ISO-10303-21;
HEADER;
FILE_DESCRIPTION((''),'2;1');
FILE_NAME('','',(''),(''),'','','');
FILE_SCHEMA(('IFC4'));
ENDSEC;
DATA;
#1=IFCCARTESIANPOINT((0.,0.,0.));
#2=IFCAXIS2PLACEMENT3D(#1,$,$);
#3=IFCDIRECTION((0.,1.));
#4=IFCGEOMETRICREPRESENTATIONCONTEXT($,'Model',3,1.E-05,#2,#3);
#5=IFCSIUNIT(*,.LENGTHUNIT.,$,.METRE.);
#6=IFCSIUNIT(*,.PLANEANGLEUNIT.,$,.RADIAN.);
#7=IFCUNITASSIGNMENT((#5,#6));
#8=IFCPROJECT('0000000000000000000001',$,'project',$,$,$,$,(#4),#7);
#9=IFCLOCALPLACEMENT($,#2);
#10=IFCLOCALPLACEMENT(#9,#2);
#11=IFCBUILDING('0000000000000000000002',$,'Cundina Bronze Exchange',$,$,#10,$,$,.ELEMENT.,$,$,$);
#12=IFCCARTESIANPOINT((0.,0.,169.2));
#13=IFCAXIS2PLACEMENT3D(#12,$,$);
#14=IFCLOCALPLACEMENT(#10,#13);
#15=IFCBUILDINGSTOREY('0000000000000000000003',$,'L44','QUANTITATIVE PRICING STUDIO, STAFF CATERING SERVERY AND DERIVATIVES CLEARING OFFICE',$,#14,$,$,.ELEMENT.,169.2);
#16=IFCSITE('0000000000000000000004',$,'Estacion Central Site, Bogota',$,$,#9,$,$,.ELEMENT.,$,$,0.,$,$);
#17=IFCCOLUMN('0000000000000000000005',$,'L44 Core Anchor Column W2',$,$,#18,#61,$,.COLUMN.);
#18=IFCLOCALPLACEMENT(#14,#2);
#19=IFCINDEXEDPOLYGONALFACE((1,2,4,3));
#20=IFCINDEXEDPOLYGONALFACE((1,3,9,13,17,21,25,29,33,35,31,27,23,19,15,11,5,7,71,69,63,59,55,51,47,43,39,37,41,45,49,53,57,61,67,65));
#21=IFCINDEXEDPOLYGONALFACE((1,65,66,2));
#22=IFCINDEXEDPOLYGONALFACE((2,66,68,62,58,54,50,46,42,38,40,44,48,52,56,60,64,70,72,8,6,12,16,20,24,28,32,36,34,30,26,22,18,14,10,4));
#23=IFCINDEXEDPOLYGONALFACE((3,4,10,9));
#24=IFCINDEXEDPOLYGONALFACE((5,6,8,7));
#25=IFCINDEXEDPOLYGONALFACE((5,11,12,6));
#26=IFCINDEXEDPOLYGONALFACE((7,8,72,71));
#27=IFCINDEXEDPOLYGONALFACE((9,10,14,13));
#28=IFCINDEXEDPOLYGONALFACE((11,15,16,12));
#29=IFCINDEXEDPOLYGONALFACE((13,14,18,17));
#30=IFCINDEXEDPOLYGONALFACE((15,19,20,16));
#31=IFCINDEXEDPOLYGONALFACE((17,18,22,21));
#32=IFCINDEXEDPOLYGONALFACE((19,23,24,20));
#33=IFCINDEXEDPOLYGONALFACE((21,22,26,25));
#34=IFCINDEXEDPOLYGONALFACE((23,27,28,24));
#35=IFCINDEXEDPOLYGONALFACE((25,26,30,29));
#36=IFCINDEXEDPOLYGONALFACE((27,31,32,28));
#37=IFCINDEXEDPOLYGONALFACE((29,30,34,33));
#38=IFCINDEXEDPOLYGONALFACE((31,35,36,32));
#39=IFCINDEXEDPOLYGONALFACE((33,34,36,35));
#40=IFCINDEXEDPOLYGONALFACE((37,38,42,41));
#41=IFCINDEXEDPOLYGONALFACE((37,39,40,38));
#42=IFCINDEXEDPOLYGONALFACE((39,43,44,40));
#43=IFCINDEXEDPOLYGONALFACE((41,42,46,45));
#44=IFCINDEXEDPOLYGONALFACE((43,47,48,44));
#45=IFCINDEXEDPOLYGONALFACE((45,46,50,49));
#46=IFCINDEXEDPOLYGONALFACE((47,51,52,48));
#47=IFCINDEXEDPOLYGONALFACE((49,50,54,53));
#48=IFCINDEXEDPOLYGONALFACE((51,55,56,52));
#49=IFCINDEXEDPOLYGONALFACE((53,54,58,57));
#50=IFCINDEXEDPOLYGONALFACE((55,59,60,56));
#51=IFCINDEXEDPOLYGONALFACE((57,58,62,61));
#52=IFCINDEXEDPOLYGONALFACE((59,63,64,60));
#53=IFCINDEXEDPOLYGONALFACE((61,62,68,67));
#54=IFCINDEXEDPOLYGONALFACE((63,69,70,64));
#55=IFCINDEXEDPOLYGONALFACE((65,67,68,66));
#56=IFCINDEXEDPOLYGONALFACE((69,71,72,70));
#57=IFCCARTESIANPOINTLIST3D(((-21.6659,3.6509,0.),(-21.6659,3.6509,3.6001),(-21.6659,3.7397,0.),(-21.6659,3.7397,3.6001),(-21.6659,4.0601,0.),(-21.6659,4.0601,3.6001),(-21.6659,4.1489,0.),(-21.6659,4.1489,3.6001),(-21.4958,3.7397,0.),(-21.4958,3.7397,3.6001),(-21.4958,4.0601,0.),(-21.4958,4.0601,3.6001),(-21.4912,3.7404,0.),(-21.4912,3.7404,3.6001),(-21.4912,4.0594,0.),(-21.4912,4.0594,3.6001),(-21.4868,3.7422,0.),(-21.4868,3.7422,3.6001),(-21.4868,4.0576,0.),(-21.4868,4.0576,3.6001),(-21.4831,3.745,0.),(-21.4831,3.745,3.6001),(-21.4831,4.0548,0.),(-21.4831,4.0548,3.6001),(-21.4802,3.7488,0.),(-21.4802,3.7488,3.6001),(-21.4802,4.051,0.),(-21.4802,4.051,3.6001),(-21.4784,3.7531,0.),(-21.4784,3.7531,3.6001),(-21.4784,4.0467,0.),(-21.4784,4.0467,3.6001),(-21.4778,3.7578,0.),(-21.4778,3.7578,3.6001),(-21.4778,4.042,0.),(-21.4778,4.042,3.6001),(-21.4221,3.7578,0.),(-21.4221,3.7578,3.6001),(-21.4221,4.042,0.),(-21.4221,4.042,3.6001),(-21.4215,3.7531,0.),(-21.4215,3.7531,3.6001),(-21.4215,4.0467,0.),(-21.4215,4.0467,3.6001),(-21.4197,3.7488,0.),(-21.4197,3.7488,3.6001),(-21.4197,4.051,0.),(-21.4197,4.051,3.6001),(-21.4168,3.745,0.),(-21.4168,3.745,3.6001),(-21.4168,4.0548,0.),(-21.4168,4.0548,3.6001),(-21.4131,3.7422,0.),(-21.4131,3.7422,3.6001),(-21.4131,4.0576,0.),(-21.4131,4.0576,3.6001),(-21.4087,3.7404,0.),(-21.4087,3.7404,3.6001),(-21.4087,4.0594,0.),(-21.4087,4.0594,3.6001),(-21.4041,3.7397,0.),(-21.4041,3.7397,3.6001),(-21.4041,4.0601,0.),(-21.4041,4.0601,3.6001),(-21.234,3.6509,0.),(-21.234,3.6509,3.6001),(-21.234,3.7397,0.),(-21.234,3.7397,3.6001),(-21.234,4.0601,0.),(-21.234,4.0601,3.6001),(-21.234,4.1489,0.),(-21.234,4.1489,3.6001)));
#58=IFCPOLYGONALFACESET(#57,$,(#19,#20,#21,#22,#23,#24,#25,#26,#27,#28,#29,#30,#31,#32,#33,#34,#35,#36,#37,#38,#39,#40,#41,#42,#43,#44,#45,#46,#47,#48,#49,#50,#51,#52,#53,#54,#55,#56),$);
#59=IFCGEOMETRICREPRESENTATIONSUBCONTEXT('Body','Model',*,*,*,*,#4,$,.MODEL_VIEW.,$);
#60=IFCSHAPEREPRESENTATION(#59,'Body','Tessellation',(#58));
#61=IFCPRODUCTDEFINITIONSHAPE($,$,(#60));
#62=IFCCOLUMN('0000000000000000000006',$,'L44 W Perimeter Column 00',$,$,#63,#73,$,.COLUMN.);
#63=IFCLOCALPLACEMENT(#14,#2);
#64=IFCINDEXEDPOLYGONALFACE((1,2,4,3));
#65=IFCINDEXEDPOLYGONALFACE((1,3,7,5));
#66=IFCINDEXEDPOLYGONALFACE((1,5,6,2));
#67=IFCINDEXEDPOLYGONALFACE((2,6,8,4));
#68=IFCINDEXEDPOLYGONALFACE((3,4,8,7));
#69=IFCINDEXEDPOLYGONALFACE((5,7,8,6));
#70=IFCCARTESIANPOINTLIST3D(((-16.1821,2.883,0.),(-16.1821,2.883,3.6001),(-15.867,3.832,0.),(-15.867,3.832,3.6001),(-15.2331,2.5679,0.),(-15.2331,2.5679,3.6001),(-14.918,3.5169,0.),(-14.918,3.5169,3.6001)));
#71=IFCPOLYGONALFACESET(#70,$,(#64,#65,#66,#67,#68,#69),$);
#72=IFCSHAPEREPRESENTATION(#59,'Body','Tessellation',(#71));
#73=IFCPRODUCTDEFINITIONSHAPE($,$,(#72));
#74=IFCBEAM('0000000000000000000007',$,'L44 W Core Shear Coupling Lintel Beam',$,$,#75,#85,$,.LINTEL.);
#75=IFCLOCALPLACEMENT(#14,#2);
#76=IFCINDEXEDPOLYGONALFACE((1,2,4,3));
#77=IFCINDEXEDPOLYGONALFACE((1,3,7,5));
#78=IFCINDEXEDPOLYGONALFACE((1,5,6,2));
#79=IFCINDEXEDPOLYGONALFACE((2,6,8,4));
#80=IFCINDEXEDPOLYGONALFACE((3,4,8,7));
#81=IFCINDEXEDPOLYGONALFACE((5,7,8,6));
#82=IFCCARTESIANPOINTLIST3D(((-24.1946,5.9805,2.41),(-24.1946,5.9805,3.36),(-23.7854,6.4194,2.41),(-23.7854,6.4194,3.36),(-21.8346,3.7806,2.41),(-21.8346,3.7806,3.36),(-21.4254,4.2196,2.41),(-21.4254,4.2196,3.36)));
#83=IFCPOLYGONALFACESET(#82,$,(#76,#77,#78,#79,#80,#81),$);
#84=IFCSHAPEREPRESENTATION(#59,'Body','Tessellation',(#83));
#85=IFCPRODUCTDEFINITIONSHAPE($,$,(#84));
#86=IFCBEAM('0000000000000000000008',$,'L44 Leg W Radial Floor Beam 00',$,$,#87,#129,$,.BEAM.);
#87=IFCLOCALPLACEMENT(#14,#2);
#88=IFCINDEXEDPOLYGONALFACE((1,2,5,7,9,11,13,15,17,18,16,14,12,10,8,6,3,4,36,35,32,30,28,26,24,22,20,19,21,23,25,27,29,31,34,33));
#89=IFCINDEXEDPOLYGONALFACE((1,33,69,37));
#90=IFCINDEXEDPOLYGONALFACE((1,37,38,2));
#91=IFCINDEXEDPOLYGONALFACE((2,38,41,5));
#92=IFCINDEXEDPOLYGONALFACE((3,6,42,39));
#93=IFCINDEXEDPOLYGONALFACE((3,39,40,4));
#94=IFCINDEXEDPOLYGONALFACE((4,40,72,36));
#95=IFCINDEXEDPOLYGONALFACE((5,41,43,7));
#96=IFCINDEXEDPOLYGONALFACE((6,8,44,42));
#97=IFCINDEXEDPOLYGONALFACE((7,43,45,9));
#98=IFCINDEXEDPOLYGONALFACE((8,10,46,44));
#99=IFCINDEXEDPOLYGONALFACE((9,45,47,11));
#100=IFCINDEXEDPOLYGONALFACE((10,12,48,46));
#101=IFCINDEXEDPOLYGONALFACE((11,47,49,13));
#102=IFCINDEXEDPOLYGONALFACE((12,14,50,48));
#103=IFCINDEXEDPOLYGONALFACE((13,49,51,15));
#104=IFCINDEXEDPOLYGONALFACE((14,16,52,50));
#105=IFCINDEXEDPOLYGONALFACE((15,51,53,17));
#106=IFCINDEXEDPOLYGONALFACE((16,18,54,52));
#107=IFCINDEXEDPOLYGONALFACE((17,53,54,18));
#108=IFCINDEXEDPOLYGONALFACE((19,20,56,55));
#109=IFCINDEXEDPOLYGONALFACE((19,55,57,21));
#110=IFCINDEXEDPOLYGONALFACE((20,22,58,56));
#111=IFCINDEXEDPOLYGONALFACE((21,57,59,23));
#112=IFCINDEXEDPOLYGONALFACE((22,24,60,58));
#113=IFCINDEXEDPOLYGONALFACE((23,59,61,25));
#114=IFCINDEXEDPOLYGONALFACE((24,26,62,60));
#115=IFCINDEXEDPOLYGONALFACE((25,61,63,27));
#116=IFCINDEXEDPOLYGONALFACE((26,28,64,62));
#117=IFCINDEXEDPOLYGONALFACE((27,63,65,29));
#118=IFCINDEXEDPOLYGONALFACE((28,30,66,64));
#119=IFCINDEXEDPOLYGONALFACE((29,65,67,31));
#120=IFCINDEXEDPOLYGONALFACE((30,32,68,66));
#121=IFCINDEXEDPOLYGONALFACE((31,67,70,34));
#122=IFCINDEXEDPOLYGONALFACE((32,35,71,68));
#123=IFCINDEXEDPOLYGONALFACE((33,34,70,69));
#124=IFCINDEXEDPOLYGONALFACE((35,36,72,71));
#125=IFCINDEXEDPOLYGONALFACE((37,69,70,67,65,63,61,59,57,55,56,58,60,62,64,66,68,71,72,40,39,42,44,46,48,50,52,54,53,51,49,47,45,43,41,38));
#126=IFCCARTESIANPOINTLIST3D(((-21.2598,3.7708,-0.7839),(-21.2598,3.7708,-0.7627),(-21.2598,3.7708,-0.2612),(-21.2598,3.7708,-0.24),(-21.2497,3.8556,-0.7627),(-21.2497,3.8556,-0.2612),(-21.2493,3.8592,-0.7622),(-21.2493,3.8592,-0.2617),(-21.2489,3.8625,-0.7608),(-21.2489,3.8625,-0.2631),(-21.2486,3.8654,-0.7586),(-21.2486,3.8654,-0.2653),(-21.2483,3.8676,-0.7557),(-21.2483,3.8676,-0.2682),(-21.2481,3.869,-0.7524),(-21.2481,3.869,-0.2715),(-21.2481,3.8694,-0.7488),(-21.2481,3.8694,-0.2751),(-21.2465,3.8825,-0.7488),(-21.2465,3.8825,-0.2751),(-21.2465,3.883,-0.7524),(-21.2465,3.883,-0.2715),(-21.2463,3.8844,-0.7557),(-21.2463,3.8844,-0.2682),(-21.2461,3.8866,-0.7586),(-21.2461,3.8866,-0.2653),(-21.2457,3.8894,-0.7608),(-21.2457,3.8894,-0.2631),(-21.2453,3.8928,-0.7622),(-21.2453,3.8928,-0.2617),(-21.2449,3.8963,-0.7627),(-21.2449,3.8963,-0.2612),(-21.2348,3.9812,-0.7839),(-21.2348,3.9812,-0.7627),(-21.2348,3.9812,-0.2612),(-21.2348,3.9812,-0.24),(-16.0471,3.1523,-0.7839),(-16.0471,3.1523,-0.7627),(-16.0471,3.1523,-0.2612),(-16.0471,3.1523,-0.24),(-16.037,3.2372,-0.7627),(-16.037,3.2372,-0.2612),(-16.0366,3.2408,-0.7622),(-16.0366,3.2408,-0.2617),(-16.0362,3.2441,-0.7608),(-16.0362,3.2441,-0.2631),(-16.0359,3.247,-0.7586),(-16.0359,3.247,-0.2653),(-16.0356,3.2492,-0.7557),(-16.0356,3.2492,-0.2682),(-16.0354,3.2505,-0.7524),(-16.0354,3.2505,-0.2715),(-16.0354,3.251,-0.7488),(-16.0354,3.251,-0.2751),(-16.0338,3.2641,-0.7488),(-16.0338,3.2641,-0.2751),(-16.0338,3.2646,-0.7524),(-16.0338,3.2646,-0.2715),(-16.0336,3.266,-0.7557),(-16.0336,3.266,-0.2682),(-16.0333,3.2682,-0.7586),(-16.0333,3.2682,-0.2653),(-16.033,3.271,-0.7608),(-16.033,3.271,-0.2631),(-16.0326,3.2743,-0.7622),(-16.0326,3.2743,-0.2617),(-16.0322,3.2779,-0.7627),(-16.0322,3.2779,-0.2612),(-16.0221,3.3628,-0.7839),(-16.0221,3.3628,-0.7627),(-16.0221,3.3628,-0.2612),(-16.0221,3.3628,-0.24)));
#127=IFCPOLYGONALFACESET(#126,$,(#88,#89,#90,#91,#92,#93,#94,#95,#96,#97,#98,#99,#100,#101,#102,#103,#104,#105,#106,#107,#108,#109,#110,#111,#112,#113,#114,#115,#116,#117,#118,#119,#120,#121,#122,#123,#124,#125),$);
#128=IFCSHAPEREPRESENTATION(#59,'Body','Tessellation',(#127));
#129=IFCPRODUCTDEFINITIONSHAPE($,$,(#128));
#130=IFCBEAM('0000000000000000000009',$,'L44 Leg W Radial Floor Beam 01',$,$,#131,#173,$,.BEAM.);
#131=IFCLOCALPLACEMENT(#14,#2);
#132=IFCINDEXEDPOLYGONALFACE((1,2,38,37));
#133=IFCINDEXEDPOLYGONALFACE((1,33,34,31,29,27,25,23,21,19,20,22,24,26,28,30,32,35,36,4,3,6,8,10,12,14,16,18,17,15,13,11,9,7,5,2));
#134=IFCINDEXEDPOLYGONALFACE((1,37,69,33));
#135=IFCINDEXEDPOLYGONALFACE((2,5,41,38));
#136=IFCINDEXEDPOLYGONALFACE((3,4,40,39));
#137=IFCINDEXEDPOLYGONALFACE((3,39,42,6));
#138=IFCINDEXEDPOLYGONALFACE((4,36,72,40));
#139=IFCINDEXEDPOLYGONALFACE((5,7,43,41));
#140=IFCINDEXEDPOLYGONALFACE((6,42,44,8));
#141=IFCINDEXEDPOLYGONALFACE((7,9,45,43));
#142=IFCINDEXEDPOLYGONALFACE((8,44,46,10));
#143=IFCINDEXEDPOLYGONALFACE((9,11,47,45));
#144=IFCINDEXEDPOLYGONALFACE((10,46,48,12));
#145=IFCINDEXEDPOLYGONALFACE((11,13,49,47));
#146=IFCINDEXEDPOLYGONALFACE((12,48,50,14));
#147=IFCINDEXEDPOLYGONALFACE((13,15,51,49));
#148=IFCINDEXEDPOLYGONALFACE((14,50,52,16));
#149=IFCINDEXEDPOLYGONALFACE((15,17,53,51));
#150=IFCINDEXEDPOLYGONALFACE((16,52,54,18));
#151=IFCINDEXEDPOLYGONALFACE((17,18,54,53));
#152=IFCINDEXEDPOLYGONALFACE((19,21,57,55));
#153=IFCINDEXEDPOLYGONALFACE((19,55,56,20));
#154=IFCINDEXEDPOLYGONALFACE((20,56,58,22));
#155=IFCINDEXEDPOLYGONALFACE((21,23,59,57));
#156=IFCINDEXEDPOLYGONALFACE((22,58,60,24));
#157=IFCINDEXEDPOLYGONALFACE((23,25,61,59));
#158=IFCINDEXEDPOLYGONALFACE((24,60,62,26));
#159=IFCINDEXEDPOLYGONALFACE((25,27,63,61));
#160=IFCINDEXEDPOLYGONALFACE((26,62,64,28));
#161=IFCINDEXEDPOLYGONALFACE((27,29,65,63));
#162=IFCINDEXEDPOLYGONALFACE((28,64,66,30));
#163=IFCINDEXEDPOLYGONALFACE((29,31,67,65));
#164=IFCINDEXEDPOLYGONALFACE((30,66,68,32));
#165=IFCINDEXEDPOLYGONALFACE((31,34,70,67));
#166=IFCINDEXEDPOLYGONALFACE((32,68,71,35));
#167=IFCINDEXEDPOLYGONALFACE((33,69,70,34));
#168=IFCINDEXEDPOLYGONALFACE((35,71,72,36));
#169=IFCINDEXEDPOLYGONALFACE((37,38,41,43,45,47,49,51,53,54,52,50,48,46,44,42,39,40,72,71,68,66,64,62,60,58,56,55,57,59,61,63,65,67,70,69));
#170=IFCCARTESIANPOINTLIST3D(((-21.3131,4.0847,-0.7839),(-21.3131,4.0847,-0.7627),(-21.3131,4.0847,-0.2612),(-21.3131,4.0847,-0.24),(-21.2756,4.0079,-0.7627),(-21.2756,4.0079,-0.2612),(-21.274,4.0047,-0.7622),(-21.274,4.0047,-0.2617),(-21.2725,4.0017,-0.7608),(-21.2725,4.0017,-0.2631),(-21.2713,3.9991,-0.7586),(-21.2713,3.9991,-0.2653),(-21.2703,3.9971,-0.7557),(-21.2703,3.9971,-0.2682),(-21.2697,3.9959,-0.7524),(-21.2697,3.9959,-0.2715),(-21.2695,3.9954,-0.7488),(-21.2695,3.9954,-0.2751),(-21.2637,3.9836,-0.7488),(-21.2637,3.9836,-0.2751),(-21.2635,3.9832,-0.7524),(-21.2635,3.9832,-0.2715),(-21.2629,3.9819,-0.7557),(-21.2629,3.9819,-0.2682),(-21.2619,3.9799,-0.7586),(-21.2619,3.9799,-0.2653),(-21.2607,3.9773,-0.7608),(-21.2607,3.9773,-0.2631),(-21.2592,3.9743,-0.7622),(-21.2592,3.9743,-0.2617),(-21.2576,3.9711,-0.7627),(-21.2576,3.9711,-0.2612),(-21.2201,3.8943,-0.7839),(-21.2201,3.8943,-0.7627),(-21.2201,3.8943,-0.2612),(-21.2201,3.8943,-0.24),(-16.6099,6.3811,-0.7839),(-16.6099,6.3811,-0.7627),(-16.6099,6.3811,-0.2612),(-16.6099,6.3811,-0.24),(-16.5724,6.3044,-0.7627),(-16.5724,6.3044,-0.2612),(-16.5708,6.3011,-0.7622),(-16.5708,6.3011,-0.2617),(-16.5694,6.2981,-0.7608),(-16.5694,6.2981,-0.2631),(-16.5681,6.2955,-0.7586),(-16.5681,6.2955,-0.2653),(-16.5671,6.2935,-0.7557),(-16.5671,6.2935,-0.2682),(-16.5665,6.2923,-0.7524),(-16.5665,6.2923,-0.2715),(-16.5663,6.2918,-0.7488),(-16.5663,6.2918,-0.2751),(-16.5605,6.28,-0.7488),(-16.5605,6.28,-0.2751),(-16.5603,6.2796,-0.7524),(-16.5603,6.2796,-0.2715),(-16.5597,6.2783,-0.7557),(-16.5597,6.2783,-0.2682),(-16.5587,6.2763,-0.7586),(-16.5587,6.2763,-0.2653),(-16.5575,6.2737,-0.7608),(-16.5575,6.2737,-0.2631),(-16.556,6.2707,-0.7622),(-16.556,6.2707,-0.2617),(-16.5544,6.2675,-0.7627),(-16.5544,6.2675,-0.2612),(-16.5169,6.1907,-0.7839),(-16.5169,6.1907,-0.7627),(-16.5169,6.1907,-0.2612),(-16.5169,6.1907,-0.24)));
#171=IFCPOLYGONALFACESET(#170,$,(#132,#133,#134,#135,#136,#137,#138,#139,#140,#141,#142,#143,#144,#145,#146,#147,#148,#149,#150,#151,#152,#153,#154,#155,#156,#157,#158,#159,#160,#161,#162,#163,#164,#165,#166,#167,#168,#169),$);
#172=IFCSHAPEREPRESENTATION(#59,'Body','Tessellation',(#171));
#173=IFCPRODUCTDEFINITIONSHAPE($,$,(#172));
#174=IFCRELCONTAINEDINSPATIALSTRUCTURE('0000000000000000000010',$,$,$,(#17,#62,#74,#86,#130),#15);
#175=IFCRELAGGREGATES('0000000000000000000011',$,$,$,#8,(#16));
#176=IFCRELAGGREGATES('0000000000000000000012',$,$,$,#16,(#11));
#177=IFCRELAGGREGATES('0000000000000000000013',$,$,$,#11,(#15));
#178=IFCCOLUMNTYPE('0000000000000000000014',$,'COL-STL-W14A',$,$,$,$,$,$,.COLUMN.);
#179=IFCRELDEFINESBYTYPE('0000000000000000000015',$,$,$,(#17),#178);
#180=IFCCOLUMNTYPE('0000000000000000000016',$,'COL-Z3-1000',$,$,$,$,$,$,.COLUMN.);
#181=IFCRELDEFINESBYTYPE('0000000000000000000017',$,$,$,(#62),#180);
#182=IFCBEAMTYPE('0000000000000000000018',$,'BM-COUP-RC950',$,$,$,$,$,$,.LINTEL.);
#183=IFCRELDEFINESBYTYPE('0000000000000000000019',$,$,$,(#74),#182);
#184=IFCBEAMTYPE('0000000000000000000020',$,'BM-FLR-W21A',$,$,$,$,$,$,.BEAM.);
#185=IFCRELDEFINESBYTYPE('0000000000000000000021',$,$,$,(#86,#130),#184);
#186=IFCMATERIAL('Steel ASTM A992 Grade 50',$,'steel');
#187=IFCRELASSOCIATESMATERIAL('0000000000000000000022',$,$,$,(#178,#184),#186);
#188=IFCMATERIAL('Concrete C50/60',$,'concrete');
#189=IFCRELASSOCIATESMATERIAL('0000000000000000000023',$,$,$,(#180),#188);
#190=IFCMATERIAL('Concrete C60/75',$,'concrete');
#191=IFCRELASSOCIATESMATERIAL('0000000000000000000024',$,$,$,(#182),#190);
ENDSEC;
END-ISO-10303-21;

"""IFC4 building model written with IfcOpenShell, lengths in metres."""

from ifc_helpers import new_model, si_unit, direction, frame, origin, origin_2d, place, context, subcontext, project, spatial, rectangle, i_section, extrude, material, material_profile, profile_set, type_object, element, save


model = new_model("IFC4")

# Units and contexts
model_context = context("Model", 3, precision=1e-05, world=origin(), true_north=direction((0.0, 1.0)))
body_context = subcontext(model_context, "Body", "Model", "MODEL_VIEW")
ifc_project = project(units=[si_unit("LENGTHUNIT", "METRE"), si_unit("PLANEANGLEUNIT", "RADIAN")], contexts=[model_context])

# Site, building, storey
site_placement = place(None, origin())
site = spatial("IfcSite", under=ifc_project, at=site_placement, Name="Estacion Central Site, Bogota", CompositionType="ELEMENT", RefElevation=0.0)
building_placement = place(site_placement, origin())
building = spatial("IfcBuilding", under=site, at=building_placement, Name="Cundina Bronze Exchange", CompositionType="ELEMENT")
storey_placement = place(building_placement, frame((0.0, 0.0, 169.2)))
storey = spatial("IfcBuildingStorey", under=building, at=storey_placement, Name="L44", Description="QUANTITATIVE PRICING STUDIO, STAFF CATERING SERVERY AND DERIVATIVES CLEARING OFFICE", CompositionType="ELEMENT", Elevation=169.2)

# Columns
ifc_material_1 = material(Name="Steel ASTM A992 Grade 50", Category="steel")
ifc_material_profile_1 = material_profile(ifc_material_1, i_section(OverallWidth=0.4319, OverallDepth=0.498, WebThickness=0.0557, FlangeThickness=0.0889, FilletRadius=0.0181, at=origin_2d()), Name="W14X500", Category="steel")
ifc_profile_set_1 = profile_set([ifc_material_profile_1], Name="Steel ASTM A992 Grade 50")
column_type_1 = type_object("IfcColumnType", Name="COL-STL-W14A", PredefinedType="COLUMN", material=ifc_profile_set_1)
column_1_placement = place(storey_placement, frame((-21.45, 3.8999, 0.0), z_axis=(0.0, 0.0, 1.0), x_axis=(1.0, 0.0, 0.0)))
element("IfcColumn", 1, at=column_1_placement, inside=storey, type_object=column_type_1, Name="L44 Core Anchor Column W2", PredefinedType="COLUMN", context=body_context, shape_type="SweptSolid", body=[
    extrude(i_section(OverallWidth=0.4319, OverallDepth=0.498, WebThickness=0.0557, FlangeThickness=0.0889, FilletRadius=0.0181, at=origin_2d()), origin(), (0.0, 0.0, 1.0), 3.6001),
])
ifc_material_2 = material(Name="Concrete C50/60", Category="concrete")
ifc_material_profile_2 = material_profile(ifc_material_2, rectangle(XDim=1.0, YDim=1.0, at=origin_2d()), Name="RC1000X1000", Category="concrete")
ifc_profile_set_2 = profile_set([ifc_material_profile_2], Name="Concrete C50/60")
column_type_2 = type_object("IfcColumnType", Name="COL-Z3-1000", PredefinedType="COLUMN", material=ifc_profile_set_2)
column_2_placement = place(storey_placement, frame((-15.55, 3.2, 0.0), z_axis=(0.0, 0.0, 1.0), x_axis=(0.315152, 0.949041, 0.0)))
element("IfcColumn", 2, at=column_2_placement, inside=storey, type_object=column_type_2, Name="L44 W Perimeter Column 00", PredefinedType="COLUMN", context=body_context, shape_type="SweptSolid", body=[
    extrude(rectangle(XDim=1.0, YDim=1.0, at=origin_2d()), origin(), (0.0, 0.0, 1.0), 3.6001),
])

# Beams
ifc_material_3 = material(Name="Concrete C60/75", Category="concrete")
ifc_material_profile_3 = material_profile(ifc_material_3, rectangle(XDim=0.6001, YDim=0.95, at=origin_2d()), Name="RC600X950", Category="concrete")
ifc_profile_set_3 = profile_set([ifc_material_profile_3], Name="Concrete C60/75")
beam_type_1 = type_object("IfcBeamType", Name="BM-COUP-RC950", PredefinedType="LINTEL", material=ifc_profile_set_3)
beam_1_placement = place(storey_placement, frame((-23.99, 6.2, 2.885), z_axis=(0.73149, -0.681852, 0.0), x_axis=(0.681852, 0.73149, 0.0)))
element("IfcBeam", 3, at=beam_1_placement, inside=storey, type_object=beam_type_1, Name="L44 W Core Shear Coupling Lintel Beam", PredefinedType="LINTEL", context=body_context, shape_type="SweptSolid", body=[
    extrude(rectangle(XDim=0.6001, YDim=0.95, at=origin_2d()), origin(), (0.0, 0.0, 1.0), 3.2263),
])
ifc_material_profile_4 = material_profile(ifc_material_1, i_section(OverallWidth=0.2119, OverallDepth=0.5439, WebThickness=0.0132, FlangeThickness=0.0212, FilletRadius=0.0139, at=origin_2d()), Name="W21X83", Category="steel")
ifc_profile_set_4 = profile_set([ifc_material_profile_4], Name="Steel ASTM A992 Grade 50")
beam_type_2 = type_object("IfcBeamType", Name="BM-FLR-W21A", PredefinedType="BEAM", material=ifc_profile_set_4)
beam_2_placement = place(storey_placement, frame((-21.2473, 3.876, -0.512), z_axis=(0.993036, -0.11781, 0.0), x_axis=(0.11781, 0.993036, 0.0)))
element("IfcBeam", 4, at=beam_2_placement, inside=storey, type_object=beam_type_2, Name="L44 Leg W Radial Floor Beam 00", PredefinedType="BEAM", context=body_context, shape_type="SweptSolid", body=[
    extrude(i_section(OverallWidth=0.2119, OverallDepth=0.5439, WebThickness=0.0132, FlangeThickness=0.0212, FilletRadius=0.0139, at=origin_2d()), origin(), (0.0, 0.0, 1.0), 5.2493),
])
beam_3_placement = place(storey_placement, frame((-21.2666, 3.9895, -0.512), z_axis=(0.898604, 0.43876, 0.0), x_axis=(-0.43876, 0.898604, 0.0)))
element("IfcBeam", 5, at=beam_3_placement, inside=storey, type_object=beam_type_2, Name="L44 Leg W Radial Floor Beam 01", PredefinedType="BEAM", context=body_context, shape_type="SweptSolid", body=[
    extrude(i_section(OverallWidth=0.2119, OverallDepth=0.5439, WebThickness=0.0132, FlangeThickness=0.0212, FilletRadius=0.0139, at=origin_2d()), origin(), (0.0, 0.0, 1.0), 5.2339),
])

save(model, "model.ifc")
